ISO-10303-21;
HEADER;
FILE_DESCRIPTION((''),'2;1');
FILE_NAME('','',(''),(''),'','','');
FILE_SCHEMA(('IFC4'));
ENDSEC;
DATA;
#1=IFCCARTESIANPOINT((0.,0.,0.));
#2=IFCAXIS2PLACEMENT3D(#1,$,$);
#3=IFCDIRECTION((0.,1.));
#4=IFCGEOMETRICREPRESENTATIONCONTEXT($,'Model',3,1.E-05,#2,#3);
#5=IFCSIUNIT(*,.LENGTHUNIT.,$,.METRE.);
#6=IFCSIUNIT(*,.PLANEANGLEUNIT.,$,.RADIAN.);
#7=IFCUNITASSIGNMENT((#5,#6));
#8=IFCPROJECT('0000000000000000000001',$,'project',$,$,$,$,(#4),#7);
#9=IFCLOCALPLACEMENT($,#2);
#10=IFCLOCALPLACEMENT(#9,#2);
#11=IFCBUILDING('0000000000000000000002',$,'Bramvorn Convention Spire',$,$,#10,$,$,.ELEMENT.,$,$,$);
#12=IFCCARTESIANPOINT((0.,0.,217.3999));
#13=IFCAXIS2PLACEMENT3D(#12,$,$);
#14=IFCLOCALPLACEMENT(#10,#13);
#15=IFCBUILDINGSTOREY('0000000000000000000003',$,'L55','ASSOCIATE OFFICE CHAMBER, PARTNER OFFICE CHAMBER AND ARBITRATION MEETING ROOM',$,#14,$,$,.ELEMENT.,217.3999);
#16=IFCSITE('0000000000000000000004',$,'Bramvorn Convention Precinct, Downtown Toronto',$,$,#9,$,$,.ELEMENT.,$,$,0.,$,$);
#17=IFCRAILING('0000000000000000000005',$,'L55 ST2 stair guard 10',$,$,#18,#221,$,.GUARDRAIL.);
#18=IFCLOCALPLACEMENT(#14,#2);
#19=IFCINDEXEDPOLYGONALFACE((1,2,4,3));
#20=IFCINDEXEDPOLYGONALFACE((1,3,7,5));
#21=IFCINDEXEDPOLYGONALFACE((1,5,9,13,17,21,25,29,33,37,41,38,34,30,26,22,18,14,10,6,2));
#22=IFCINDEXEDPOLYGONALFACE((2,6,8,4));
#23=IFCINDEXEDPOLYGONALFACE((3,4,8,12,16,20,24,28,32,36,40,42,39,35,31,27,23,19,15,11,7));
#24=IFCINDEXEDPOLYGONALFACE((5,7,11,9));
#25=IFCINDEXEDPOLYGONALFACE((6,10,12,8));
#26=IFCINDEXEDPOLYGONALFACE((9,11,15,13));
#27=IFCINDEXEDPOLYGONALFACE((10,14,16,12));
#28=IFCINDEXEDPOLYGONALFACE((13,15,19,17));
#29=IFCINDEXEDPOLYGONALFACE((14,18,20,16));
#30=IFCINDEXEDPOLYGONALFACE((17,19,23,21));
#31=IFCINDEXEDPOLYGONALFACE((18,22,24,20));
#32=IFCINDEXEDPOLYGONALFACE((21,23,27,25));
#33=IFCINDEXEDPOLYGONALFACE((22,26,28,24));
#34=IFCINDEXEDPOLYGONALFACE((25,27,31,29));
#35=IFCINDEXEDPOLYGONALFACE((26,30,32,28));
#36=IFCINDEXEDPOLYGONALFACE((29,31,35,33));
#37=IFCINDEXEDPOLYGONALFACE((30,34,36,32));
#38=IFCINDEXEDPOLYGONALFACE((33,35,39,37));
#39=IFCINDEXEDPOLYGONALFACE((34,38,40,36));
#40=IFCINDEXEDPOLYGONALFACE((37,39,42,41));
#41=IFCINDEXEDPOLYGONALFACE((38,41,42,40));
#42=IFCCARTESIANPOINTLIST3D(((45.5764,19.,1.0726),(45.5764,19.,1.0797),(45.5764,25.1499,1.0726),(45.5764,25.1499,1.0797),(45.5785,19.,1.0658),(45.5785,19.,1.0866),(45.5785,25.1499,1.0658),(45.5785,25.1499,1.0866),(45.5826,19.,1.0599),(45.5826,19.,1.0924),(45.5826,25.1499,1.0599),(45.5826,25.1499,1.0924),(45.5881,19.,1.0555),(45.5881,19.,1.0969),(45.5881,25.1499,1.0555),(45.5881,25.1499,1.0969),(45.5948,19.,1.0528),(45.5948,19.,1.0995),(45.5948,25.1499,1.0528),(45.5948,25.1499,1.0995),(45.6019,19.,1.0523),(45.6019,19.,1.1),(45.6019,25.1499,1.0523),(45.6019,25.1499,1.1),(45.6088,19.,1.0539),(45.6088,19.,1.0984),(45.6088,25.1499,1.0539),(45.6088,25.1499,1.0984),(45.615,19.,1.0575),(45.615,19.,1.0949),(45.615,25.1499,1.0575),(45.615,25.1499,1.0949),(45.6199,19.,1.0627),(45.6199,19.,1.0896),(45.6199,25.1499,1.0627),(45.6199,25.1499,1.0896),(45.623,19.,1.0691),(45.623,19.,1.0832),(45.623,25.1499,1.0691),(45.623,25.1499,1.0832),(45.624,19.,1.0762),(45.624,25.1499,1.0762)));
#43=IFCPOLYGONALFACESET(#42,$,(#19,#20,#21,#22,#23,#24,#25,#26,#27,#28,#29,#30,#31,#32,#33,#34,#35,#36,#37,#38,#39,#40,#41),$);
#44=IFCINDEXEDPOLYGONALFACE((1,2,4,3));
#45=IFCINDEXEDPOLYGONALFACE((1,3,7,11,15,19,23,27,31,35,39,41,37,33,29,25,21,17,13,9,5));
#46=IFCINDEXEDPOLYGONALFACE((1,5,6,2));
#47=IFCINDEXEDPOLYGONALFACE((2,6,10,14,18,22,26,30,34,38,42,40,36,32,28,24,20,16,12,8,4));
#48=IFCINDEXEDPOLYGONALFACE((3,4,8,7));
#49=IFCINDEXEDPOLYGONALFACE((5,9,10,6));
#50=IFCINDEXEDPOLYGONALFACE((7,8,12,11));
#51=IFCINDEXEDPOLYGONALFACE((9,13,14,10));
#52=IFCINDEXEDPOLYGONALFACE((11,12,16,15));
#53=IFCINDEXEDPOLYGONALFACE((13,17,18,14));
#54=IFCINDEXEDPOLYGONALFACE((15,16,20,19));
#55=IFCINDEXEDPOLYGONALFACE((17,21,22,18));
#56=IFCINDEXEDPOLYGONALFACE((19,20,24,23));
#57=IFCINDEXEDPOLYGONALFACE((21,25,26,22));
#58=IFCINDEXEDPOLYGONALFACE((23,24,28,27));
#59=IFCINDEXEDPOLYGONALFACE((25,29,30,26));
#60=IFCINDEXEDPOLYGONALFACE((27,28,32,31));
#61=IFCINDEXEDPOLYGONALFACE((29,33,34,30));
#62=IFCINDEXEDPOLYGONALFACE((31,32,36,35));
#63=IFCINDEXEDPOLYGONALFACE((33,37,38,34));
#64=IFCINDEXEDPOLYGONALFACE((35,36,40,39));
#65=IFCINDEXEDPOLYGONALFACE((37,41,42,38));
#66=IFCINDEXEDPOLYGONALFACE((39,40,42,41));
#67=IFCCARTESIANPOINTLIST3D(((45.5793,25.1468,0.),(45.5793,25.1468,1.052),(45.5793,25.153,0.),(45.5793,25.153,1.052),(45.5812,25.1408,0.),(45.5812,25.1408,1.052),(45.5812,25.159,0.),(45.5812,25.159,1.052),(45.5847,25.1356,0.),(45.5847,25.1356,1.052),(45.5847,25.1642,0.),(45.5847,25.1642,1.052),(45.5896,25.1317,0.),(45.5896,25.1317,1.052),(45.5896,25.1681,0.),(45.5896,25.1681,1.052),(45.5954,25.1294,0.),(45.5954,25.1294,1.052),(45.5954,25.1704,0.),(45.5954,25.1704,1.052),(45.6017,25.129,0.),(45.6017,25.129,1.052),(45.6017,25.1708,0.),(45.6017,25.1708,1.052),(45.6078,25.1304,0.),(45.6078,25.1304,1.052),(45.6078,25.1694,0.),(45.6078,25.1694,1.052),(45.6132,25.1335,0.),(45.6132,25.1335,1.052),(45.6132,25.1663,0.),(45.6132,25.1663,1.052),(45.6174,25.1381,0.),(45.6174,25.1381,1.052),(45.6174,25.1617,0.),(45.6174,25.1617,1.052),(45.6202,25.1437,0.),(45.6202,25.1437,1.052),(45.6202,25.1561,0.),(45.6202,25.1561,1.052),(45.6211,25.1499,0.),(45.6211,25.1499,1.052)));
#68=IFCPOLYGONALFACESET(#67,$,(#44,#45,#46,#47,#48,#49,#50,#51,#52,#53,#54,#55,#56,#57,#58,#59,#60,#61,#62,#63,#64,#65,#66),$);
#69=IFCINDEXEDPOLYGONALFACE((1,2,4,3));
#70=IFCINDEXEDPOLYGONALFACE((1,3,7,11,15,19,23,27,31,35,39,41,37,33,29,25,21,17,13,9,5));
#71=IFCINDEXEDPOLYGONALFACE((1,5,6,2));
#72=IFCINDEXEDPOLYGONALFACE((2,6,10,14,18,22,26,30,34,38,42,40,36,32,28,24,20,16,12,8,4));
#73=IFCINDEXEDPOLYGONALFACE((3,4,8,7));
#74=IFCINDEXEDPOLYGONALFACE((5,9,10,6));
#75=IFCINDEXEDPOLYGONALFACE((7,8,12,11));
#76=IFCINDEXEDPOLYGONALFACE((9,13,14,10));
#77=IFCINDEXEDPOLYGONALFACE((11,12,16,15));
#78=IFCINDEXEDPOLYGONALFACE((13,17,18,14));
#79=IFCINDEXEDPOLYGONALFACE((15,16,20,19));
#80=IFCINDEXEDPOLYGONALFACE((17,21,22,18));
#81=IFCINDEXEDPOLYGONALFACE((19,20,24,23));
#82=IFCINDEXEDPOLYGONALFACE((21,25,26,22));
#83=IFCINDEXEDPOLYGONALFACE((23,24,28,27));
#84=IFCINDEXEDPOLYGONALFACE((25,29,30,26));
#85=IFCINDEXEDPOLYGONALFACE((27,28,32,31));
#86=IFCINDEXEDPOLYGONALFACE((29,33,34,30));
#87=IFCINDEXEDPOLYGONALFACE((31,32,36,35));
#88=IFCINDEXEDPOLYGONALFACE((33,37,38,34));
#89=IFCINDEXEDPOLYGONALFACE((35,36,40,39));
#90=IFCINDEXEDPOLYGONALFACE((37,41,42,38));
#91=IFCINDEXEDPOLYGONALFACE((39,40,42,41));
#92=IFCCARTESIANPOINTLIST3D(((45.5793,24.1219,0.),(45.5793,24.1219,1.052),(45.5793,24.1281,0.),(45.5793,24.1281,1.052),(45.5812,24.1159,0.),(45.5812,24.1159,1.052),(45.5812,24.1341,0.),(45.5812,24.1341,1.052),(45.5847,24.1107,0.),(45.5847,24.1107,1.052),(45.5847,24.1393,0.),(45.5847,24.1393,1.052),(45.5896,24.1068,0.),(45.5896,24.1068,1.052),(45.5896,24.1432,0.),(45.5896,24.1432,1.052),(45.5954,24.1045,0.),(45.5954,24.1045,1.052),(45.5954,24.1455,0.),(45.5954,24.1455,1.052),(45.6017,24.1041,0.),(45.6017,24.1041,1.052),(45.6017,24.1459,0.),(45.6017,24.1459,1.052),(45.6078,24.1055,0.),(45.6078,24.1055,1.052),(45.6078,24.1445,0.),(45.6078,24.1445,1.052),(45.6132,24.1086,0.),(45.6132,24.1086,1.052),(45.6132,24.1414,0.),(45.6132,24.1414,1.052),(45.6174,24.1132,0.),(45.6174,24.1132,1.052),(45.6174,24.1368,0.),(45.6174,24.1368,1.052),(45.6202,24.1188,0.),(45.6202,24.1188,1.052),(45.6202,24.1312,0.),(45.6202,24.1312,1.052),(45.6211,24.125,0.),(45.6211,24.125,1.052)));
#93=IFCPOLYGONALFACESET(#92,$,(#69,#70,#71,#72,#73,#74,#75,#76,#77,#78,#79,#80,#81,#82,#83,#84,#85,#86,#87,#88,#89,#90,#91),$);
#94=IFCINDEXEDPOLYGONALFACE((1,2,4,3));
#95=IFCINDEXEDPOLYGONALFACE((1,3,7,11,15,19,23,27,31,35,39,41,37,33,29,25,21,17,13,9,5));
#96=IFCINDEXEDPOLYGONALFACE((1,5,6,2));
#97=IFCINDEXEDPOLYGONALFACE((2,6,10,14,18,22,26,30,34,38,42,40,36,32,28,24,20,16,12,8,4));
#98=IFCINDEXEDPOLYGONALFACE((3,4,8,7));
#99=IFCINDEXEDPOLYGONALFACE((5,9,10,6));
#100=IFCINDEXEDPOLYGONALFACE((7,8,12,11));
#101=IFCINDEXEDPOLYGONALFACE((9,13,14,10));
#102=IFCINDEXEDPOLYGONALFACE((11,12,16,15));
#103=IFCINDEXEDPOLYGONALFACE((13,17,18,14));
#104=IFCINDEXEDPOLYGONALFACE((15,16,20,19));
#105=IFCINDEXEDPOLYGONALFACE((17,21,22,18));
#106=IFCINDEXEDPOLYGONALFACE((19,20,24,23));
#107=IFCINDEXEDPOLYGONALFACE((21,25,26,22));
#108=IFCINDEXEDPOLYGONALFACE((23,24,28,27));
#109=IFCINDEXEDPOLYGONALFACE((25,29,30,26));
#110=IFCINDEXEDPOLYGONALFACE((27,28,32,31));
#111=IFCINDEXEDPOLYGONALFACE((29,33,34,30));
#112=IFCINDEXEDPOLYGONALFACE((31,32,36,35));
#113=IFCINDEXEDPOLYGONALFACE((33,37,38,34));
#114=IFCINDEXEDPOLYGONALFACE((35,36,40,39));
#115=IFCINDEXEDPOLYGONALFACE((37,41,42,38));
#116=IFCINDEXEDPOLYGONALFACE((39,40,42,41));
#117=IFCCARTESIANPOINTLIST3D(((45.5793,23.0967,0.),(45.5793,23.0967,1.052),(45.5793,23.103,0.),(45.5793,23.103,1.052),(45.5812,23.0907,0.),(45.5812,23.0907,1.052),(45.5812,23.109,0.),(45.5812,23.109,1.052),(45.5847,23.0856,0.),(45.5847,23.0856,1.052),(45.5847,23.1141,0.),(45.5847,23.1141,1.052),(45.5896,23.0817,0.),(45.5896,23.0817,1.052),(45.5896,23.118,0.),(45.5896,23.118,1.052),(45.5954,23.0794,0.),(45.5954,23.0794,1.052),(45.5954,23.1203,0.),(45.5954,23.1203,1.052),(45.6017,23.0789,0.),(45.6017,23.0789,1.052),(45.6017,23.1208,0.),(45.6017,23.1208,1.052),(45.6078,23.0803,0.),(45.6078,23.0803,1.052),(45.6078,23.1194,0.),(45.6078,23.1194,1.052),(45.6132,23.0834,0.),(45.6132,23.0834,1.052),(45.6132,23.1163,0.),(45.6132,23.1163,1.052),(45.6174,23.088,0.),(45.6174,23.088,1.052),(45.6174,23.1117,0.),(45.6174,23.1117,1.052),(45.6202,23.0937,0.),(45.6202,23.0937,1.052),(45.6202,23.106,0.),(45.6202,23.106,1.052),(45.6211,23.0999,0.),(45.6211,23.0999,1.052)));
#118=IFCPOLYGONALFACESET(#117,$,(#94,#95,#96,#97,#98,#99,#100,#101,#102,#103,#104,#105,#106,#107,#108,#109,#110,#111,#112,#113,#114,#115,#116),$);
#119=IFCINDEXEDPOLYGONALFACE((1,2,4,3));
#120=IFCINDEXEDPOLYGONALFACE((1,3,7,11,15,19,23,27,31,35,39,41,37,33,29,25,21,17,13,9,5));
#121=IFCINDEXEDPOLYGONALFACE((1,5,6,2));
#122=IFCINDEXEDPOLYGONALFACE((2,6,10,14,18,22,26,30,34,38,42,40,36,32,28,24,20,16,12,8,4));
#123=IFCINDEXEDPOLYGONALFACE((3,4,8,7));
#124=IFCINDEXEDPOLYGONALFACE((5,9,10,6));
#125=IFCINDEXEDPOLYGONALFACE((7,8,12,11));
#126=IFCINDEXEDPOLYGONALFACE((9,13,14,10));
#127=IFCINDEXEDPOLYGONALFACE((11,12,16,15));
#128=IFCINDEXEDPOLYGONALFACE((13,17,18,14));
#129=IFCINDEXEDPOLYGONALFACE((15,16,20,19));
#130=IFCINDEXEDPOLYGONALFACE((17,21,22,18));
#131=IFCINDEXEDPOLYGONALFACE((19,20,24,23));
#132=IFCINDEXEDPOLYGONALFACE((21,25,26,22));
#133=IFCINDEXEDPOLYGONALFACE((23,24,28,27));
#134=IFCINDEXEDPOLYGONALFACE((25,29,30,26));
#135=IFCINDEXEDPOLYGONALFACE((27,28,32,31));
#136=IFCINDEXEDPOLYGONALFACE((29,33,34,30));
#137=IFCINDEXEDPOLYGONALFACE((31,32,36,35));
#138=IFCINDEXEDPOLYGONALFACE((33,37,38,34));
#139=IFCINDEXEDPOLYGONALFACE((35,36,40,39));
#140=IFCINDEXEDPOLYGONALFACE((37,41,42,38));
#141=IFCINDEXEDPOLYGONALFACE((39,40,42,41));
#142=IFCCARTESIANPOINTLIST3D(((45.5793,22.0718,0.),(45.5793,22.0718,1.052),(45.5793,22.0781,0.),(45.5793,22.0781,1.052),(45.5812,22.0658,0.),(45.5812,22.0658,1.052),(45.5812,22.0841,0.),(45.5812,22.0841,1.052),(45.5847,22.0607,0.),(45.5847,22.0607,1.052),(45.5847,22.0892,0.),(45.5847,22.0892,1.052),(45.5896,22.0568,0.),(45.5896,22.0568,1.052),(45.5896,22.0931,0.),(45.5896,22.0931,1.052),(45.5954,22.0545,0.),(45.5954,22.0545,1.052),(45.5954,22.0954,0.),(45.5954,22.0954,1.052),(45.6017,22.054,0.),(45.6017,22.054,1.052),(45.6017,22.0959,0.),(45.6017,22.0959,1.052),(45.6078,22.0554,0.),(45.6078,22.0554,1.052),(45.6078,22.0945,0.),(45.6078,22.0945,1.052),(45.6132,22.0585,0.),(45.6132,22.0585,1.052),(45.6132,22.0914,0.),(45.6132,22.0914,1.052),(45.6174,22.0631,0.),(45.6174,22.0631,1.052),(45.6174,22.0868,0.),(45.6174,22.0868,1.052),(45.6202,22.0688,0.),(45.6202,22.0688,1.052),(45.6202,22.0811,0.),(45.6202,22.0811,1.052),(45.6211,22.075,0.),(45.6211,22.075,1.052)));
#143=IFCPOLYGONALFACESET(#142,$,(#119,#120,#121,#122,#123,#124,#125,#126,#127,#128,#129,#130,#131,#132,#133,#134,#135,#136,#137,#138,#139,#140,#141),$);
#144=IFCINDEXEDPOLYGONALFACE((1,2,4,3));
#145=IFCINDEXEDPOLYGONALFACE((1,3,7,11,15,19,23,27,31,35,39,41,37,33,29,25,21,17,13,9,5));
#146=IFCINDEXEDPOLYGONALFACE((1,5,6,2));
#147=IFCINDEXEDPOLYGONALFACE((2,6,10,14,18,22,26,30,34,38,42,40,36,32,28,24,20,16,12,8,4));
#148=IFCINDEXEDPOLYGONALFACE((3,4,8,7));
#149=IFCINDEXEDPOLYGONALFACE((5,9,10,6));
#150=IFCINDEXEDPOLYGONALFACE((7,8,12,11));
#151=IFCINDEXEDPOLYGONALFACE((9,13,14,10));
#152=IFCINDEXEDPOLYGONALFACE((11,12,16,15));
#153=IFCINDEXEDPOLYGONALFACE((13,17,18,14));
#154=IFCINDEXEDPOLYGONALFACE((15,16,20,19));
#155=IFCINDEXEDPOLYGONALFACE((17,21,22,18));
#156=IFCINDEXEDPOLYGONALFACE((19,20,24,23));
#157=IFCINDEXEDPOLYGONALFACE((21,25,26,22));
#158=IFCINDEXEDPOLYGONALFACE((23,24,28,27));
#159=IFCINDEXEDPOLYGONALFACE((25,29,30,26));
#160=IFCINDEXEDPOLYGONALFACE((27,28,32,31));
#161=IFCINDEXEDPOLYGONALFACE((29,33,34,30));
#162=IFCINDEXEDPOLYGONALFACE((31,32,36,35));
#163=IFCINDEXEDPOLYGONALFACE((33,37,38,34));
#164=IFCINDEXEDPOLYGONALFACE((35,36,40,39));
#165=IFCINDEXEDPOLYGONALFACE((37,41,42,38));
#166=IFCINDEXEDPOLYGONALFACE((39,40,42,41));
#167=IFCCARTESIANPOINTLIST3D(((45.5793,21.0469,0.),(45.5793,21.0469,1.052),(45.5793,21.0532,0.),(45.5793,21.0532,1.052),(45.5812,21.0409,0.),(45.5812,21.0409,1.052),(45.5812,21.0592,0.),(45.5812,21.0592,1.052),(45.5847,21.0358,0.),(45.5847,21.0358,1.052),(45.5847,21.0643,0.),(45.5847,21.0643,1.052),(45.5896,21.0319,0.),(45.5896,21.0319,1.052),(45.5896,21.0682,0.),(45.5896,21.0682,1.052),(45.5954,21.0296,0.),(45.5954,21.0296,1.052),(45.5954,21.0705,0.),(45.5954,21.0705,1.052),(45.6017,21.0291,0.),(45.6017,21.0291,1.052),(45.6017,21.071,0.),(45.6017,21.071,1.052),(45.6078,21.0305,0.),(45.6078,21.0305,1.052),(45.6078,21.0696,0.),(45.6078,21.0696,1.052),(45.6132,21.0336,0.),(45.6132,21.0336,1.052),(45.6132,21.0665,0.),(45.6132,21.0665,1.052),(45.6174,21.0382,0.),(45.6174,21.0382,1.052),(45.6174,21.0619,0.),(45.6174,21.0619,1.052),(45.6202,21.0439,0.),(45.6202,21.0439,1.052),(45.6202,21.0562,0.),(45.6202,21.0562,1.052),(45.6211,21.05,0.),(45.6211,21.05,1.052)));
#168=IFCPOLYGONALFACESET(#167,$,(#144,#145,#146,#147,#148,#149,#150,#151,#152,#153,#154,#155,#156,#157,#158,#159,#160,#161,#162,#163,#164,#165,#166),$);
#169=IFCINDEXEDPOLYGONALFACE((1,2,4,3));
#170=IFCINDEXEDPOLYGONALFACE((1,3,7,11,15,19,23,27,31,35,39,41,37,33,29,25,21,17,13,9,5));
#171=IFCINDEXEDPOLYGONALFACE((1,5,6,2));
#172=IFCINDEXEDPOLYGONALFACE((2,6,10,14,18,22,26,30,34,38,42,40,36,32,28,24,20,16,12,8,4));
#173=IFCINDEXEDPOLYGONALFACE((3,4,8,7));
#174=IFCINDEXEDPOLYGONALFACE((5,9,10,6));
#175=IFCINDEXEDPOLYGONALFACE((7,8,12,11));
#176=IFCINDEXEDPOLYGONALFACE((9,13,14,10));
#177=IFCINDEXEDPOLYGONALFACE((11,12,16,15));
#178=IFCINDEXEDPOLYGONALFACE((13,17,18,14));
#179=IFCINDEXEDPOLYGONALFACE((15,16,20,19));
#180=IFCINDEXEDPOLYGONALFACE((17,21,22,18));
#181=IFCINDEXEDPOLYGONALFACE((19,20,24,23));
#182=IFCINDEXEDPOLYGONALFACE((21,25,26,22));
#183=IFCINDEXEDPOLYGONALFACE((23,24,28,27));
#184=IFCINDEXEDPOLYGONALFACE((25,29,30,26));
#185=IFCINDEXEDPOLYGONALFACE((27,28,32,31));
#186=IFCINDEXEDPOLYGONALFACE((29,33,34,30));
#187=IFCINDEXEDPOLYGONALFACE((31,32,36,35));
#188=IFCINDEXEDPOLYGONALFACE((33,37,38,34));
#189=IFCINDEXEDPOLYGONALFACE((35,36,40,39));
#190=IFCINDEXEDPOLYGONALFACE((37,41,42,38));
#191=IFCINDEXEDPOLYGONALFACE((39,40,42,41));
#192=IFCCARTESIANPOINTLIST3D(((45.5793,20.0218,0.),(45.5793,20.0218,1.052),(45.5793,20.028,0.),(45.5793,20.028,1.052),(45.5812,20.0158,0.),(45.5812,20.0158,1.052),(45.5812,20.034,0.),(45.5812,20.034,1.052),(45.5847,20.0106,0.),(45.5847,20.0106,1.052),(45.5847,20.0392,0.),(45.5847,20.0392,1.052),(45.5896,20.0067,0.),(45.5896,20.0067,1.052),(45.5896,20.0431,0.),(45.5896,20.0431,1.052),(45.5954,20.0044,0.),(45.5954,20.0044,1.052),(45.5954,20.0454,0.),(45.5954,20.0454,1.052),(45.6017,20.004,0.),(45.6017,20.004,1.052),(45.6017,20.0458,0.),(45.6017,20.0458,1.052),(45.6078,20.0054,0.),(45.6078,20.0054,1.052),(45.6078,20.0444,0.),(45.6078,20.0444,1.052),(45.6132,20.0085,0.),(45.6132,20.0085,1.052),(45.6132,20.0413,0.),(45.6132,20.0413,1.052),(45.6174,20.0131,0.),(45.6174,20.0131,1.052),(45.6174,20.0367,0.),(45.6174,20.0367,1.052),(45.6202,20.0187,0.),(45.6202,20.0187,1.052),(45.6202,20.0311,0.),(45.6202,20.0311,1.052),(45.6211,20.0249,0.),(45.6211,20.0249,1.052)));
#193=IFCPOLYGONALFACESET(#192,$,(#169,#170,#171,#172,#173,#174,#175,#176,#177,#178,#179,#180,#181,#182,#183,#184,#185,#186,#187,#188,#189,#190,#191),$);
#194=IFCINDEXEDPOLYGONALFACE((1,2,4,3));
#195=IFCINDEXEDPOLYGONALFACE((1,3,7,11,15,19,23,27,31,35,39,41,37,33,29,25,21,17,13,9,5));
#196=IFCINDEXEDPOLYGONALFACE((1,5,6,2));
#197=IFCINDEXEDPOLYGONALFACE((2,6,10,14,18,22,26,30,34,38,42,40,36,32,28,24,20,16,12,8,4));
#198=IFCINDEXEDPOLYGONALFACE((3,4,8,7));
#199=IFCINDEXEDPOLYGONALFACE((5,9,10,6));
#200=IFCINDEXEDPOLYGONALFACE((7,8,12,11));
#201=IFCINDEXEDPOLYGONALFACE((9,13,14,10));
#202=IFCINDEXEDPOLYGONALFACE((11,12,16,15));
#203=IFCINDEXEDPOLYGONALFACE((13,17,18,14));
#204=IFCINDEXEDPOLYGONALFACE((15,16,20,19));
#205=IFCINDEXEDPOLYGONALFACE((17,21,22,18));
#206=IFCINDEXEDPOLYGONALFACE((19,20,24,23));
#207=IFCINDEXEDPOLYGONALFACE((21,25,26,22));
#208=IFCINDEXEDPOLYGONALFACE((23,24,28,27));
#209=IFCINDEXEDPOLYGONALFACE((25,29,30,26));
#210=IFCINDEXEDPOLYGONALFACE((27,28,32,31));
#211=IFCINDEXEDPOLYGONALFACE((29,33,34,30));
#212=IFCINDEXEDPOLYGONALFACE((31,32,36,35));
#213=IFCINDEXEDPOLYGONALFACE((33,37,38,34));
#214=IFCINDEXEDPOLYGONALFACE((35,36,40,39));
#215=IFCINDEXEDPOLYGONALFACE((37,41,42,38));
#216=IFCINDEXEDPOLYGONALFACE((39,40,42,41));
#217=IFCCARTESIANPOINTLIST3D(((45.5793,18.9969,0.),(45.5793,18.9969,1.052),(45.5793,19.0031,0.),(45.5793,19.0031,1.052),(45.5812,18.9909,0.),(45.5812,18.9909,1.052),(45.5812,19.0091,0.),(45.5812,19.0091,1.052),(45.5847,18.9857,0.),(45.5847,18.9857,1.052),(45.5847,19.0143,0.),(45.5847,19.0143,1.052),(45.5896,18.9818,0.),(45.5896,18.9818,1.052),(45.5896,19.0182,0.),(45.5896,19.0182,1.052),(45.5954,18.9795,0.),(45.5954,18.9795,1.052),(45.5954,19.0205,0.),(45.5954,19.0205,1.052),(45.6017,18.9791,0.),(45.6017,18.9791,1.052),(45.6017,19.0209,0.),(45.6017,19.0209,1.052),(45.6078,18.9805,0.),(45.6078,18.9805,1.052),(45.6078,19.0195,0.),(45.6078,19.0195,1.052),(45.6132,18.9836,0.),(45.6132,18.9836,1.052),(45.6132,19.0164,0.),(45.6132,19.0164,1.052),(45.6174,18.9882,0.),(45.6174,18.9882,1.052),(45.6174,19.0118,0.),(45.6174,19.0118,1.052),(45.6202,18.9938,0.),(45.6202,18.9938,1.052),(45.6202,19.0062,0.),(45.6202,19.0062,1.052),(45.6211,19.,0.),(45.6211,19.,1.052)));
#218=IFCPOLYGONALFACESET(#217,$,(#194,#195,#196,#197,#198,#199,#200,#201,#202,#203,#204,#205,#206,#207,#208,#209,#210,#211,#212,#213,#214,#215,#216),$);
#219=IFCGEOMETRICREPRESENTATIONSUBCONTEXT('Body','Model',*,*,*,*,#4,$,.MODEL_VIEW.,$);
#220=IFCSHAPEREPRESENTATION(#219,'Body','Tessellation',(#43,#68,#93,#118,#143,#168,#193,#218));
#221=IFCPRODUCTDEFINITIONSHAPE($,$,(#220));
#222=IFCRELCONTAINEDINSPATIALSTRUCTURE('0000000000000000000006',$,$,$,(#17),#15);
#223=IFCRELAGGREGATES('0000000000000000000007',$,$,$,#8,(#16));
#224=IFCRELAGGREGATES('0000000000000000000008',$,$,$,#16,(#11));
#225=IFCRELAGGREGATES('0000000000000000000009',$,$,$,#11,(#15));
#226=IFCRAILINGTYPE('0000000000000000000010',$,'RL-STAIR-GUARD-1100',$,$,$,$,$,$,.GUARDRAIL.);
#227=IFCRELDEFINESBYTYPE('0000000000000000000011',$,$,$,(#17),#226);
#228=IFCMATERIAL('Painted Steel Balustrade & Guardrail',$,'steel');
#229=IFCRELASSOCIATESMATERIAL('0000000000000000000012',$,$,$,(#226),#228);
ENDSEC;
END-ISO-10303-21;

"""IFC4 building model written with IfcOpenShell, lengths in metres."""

from ifc_helpers import new_model, si_unit, direction, frame, origin, origin_2d, place, context, subcontext, project, spatial, circle, extrude, material, type_object, element, save


model = new_model("IFC4")

# Units and contexts
model_context = context("Model", 3, precision=1e-05, world=origin(), true_north=direction((0.0, 1.0)))
body_context = subcontext(model_context, "Body", "Model", "MODEL_VIEW")
ifc_project = project(units=[si_unit("LENGTHUNIT", "METRE"), si_unit("PLANEANGLEUNIT", "RADIAN")], contexts=[model_context])

# Site, building, storey
site_placement = place(None, origin())
site = spatial("IfcSite", under=ifc_project, at=site_placement, Name="Bramvorn Convention Precinct, Downtown Toronto", CompositionType="ELEMENT", RefElevation=0.0)
building_placement = place(site_placement, origin())
building = spatial("IfcBuilding", under=site, at=building_placement, Name="Bramvorn Convention Spire", CompositionType="ELEMENT")
storey_placement = place(building_placement, frame((0.0, 0.0, 217.3999)))
storey = spatial("IfcBuildingStorey", under=building, at=storey_placement, Name="L55", Description="ASSOCIATE OFFICE CHAMBER, PARTNER OFFICE CHAMBER AND ARBITRATION MEETING ROOM", CompositionType="ELEMENT", Elevation=217.3999)

# Railing
ifc_material_1 = material(Name="Painted Steel Balustrade & Guardrail", Category="steel")
railing_type_1 = type_object("IfcRailingType", Name="RL-STAIR-GUARD-1100", PredefinedType="GUARDRAIL", material=ifc_material_1)
railing_1_placement = place(storey_placement, frame((45.6001, 25.1499, 0.0)))
element("IfcRailing", 1, at=railing_1_placement, inside=storey, type_object=railing_type_1, Name="L55 ST2 stair guard 10", PredefinedType="GUARDRAIL", context=body_context, shape_type="SweptSolid", body=[
    extrude(circle(Radius=0.0239, at=origin_2d()), frame((0.0, 0.0, 1.0762), z_axis=(0.0, -1.0, 0.0), x_axis=(1.0, 0.0, 0.0)), (0.0, 0.0, 1.0), 6.1499),
    extrude(circle(Radius=0.021, at=origin_2d()), origin(), (0.0, 0.0, 1.0), 1.052),
    extrude(circle(Radius=0.021, at=origin_2d()), frame((0.0, -1.0249, 0.0)), (0.0, 0.0, 1.0), 1.052),
    extrude(circle(Radius=0.021, at=origin_2d()), frame((0.0, -2.05, 0.0)), (0.0, 0.0, 1.0), 1.052),
    extrude(circle(Radius=0.021, at=origin_2d()), frame((0.0, -3.075, 0.0)), (0.0, 0.0, 1.0), 1.052),
    extrude(circle(Radius=0.021, at=origin_2d()), frame((0.0, -4.0999, 0.0)), (0.0, 0.0, 1.0), 1.052),
    extrude(circle(Radius=0.021, at=origin_2d()), frame((0.0, -5.125, 0.0)), (0.0, 0.0, 1.0), 1.052),
    extrude(circle(Radius=0.021, at=origin_2d()), frame((0.0, -6.1499, 0.0)), (0.0, 0.0, 1.0), 1.052),
])

save(model, "model.ifc")
